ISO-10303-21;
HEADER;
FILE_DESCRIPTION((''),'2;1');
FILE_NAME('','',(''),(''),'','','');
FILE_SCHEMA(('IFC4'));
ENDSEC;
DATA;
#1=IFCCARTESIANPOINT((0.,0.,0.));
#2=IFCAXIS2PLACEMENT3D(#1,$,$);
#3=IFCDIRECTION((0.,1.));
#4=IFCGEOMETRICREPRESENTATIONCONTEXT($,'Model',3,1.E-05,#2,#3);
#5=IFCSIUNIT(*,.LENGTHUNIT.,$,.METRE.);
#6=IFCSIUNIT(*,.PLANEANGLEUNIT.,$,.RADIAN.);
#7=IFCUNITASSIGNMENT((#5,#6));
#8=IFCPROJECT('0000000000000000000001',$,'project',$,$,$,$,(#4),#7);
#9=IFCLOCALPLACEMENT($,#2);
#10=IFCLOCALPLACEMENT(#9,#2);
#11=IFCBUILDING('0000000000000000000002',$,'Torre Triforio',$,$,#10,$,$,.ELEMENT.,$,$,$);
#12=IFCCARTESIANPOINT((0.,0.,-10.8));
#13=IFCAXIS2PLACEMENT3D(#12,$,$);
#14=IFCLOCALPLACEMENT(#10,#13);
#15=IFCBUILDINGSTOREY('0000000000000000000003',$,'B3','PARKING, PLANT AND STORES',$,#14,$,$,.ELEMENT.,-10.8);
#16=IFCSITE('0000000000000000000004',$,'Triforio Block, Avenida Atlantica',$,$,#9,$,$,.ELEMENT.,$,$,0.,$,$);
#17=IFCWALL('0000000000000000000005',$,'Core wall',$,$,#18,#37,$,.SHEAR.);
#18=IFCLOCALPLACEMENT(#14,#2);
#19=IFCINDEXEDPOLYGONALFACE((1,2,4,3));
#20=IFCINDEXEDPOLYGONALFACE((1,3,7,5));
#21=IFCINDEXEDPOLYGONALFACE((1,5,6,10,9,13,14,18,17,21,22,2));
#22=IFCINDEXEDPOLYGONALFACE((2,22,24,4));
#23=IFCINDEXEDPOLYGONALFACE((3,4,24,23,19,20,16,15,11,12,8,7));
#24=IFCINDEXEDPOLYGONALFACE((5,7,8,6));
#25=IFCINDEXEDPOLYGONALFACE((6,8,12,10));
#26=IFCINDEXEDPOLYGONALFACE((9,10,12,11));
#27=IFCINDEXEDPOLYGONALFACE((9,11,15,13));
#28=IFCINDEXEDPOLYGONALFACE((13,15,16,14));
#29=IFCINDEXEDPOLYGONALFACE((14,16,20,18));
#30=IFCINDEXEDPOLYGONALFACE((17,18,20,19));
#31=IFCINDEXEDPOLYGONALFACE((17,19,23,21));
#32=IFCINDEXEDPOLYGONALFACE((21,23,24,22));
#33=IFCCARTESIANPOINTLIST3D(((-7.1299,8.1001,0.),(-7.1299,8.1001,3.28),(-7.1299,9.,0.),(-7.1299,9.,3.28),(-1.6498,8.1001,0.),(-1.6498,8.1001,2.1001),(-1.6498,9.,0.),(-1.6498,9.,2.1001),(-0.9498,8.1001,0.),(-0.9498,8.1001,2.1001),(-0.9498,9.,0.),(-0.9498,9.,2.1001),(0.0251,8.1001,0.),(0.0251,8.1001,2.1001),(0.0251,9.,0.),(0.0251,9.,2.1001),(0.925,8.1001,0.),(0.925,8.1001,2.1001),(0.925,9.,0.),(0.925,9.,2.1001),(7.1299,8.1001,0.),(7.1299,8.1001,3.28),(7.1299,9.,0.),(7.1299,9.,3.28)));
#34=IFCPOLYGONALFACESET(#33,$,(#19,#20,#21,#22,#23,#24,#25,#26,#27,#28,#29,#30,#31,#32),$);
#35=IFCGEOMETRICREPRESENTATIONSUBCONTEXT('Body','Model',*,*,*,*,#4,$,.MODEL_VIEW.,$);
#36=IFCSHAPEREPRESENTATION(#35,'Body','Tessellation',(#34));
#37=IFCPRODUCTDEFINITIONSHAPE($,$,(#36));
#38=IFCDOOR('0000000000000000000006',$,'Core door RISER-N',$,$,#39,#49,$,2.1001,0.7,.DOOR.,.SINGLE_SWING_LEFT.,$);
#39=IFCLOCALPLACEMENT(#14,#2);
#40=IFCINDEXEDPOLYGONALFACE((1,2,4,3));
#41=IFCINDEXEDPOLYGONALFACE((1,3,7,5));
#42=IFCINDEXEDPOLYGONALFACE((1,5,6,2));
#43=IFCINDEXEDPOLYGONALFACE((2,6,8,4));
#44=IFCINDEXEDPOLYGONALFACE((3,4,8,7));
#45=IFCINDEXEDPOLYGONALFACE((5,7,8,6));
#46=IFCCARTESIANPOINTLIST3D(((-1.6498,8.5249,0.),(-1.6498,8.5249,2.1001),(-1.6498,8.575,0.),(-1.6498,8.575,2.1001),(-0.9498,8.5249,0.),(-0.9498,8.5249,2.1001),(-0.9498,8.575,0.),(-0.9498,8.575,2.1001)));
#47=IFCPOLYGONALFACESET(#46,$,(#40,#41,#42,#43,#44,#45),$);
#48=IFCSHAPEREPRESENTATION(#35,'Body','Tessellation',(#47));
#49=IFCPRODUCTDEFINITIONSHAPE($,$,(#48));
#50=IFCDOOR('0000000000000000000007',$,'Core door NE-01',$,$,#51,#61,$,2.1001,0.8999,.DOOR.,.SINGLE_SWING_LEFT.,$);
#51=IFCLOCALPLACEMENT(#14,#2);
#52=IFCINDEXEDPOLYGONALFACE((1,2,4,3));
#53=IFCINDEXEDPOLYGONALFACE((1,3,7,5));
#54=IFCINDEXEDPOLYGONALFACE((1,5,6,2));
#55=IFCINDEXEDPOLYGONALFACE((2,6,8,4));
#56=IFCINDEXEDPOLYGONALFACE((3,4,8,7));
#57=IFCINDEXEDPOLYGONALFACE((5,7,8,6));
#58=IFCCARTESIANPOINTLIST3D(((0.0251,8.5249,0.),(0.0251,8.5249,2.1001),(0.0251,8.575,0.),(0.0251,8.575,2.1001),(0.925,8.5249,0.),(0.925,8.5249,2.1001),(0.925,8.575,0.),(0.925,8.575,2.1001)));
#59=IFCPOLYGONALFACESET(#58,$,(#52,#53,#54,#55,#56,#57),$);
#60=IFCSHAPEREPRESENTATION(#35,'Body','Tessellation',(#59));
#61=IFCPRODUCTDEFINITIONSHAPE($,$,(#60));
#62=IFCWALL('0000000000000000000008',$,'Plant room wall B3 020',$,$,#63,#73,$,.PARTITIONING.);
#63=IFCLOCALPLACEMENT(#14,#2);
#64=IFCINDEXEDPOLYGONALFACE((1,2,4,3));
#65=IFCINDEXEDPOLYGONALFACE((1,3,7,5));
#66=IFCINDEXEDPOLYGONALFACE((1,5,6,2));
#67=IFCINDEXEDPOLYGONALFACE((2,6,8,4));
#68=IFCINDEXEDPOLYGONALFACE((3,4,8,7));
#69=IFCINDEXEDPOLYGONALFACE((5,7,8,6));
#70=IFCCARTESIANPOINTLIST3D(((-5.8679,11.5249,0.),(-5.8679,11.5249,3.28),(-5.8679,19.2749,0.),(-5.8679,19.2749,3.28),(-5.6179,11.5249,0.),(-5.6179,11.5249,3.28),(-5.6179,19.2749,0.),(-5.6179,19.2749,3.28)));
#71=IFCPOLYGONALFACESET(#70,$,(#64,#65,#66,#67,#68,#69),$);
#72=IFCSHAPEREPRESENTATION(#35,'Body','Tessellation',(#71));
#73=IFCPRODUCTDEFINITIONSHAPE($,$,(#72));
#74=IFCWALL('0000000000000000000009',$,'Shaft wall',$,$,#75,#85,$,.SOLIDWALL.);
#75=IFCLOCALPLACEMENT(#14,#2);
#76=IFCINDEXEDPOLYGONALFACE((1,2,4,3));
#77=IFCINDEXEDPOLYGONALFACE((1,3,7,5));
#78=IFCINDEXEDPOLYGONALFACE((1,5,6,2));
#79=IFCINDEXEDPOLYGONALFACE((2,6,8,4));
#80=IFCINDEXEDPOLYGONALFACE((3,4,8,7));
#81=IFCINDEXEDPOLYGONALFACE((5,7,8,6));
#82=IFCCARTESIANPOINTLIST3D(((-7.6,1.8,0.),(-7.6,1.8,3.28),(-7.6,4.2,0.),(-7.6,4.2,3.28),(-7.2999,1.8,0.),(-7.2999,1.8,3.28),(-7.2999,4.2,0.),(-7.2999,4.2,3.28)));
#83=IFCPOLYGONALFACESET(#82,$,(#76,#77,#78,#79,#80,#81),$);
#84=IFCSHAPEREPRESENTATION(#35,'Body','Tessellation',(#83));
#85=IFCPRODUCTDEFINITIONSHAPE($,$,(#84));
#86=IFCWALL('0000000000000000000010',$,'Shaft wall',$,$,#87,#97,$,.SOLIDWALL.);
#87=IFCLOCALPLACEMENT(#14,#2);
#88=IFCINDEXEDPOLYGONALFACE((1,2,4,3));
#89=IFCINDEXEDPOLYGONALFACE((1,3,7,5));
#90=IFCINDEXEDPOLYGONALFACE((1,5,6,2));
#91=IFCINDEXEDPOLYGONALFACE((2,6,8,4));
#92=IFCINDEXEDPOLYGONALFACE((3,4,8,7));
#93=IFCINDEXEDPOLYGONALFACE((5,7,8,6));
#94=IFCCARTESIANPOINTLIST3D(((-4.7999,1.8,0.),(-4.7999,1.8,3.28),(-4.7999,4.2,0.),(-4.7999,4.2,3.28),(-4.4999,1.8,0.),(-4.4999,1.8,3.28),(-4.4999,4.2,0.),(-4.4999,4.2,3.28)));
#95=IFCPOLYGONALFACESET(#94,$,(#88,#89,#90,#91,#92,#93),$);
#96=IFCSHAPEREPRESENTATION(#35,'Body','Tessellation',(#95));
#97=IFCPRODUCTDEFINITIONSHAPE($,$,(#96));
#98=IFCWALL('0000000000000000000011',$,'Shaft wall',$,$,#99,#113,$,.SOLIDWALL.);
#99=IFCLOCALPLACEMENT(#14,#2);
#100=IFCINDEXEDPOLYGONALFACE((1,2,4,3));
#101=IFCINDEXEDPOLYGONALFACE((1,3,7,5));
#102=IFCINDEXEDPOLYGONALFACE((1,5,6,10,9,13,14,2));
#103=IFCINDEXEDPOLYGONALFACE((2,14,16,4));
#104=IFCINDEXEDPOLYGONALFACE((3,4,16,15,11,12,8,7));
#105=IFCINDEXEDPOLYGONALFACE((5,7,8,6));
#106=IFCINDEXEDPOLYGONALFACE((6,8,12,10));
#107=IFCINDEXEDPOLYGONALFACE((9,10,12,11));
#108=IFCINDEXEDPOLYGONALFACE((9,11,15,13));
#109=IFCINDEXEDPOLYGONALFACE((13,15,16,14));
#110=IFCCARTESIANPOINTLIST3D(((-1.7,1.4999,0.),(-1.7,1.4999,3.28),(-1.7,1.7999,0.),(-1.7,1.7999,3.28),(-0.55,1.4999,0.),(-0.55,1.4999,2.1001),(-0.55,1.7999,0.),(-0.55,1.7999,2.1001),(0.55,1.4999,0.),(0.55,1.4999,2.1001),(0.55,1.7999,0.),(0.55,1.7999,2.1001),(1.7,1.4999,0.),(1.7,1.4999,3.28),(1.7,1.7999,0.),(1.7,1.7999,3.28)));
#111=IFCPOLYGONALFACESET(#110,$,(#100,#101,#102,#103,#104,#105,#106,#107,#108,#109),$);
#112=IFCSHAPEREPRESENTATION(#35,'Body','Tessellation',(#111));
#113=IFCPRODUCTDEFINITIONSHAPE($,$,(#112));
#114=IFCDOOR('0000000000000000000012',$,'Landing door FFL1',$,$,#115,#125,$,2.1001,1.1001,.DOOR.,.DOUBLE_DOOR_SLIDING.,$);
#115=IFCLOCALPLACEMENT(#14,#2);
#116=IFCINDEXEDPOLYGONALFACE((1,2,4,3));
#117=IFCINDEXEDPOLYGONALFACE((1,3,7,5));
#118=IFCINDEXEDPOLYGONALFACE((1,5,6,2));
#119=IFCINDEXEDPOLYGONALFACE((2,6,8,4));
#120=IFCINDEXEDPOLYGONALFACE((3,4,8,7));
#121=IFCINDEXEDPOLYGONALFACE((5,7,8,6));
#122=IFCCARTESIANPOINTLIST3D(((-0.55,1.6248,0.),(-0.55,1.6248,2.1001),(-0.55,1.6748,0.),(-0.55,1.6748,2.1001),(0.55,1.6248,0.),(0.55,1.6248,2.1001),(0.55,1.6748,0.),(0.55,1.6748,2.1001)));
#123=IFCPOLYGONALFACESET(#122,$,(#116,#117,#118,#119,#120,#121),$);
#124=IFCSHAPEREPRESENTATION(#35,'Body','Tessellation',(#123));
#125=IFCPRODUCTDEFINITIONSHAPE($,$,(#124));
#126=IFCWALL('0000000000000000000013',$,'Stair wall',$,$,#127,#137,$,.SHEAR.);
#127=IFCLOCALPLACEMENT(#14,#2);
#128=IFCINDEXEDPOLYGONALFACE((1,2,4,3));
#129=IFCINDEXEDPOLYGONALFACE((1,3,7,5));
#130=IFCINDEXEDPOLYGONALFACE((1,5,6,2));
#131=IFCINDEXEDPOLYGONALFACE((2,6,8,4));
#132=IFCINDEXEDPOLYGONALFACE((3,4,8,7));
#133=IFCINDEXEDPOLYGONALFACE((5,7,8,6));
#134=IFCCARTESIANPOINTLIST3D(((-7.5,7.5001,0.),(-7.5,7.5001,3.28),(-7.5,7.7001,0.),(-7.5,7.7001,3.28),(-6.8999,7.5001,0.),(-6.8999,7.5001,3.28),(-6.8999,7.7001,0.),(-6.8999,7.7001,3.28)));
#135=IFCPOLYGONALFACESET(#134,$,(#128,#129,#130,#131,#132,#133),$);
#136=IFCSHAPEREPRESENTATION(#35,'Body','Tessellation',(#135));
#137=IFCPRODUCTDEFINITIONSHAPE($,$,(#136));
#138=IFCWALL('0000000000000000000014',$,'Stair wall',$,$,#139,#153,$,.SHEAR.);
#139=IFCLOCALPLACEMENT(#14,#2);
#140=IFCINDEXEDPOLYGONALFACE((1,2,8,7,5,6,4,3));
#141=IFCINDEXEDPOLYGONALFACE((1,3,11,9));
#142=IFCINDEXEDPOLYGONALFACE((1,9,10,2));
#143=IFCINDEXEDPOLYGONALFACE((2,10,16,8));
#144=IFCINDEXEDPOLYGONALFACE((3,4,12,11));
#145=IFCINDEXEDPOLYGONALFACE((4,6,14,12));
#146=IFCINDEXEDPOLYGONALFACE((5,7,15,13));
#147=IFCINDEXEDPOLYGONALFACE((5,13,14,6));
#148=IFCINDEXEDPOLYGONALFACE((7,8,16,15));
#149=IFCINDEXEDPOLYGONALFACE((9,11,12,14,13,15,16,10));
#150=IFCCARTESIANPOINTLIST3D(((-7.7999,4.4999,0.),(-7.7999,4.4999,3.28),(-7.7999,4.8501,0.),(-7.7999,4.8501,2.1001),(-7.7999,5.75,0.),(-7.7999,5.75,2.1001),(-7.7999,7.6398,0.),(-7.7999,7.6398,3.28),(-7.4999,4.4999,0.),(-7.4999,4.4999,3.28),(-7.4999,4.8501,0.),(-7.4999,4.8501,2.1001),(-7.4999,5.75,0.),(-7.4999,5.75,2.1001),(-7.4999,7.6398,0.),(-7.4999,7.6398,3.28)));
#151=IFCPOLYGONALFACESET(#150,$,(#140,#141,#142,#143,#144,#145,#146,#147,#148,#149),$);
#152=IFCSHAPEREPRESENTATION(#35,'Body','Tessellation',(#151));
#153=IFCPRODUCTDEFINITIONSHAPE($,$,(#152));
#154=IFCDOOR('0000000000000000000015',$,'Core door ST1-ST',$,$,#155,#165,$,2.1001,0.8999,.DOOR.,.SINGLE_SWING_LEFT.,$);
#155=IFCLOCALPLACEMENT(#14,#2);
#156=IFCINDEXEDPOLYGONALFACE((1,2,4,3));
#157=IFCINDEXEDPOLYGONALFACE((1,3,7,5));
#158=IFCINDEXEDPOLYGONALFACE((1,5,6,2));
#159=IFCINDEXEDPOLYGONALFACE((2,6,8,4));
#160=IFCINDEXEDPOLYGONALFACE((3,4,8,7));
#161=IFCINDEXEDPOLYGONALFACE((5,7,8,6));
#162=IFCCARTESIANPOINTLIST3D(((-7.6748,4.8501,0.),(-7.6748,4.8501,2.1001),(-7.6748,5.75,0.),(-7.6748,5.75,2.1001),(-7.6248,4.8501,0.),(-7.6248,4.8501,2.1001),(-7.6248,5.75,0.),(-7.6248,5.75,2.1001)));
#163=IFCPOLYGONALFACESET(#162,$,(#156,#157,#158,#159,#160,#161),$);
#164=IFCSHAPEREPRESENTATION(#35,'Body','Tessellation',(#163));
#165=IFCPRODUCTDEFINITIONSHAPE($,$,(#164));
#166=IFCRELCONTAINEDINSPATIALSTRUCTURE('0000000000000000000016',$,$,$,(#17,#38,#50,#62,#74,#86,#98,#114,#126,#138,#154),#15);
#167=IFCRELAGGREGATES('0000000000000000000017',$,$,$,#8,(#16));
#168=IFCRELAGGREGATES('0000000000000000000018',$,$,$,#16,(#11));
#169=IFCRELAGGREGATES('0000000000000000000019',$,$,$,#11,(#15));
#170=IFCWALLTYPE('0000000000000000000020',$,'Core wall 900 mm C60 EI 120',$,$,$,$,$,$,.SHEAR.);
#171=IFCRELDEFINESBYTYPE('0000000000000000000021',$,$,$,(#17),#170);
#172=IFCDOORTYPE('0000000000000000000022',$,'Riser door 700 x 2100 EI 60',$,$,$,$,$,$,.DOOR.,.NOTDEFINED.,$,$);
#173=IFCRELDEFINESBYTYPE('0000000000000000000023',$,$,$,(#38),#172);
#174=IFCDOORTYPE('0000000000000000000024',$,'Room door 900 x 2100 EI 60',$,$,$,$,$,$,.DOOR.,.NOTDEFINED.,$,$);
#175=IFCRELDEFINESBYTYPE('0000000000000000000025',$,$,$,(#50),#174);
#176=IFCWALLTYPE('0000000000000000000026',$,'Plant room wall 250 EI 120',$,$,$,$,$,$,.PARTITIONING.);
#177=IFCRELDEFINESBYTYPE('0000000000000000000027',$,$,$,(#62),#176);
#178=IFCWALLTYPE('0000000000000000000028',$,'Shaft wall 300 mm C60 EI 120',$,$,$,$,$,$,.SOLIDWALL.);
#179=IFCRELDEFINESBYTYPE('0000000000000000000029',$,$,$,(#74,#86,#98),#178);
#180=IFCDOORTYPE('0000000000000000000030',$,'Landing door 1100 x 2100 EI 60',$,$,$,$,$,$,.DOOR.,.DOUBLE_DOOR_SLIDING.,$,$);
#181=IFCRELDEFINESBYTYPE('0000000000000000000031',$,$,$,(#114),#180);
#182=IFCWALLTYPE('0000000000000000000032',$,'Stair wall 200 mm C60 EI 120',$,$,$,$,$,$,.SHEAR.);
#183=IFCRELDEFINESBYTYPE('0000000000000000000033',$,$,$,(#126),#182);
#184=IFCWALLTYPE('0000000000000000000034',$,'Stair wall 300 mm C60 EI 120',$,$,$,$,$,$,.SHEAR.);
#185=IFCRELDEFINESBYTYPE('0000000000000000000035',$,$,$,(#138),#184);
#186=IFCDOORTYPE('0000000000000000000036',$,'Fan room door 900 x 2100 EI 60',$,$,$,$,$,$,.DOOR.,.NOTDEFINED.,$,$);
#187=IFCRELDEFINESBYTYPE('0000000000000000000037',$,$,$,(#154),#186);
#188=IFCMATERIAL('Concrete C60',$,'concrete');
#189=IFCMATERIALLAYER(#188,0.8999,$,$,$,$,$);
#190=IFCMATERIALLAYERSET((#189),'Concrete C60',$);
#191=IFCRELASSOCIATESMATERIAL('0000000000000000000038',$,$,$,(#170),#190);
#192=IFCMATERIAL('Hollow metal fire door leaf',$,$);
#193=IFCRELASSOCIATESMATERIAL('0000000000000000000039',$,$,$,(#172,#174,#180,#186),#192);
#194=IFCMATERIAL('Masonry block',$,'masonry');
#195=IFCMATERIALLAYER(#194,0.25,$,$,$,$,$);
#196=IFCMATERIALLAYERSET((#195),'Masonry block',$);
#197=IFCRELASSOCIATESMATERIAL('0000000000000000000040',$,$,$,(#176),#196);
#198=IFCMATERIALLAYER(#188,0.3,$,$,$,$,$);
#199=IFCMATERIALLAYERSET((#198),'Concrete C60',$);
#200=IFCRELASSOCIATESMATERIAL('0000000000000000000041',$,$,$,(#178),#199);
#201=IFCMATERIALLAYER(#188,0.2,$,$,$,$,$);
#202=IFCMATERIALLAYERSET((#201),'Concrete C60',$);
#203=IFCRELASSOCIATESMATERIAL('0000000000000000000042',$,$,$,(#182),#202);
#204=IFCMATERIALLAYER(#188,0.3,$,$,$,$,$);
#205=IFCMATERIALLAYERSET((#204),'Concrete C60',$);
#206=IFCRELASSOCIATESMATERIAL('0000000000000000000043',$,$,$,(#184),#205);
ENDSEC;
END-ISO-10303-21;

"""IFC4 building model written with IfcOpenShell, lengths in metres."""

from ifc_helpers import new_model, si_unit, direction, frame, frame_2d, origin, place, context, subcontext, project, spatial, rectangle, extrude, material, layer, layer_set, type_object, element, fill, save


model = new_model("IFC4")

# Units and contexts
model_context = context("Model", 3, precision=1e-05, world=origin(), true_north=direction((0.0, 1.0)))
body_context = subcontext(model_context, "Body", "Model", "MODEL_VIEW")
ifc_project = project(units=[si_unit("LENGTHUNIT", "METRE"), si_unit("PLANEANGLEUNIT", "RADIAN")], contexts=[model_context])

# Site, building, storey
site_placement = place(None, origin())
site = spatial("IfcSite", under=ifc_project, at=site_placement, Name="Triforio Block, Avenida Atlantica", CompositionType="ELEMENT", RefElevation=0.0)
building_placement = place(site_placement, origin())
building = spatial("IfcBuilding", under=site, at=building_placement, Name="Torre Triforio", CompositionType="ELEMENT")
storey_placement = place(building_placement, frame((0.0, 0.0, -10.8)))
storey = spatial("IfcBuildingStorey", under=building, at=storey_placement, Name="B3", Description="PARKING, PLANT AND STORES", CompositionType="ELEMENT", Elevation=-10.8)

# Shared definitions
ifc_material_1 = material(Name="Concrete C60", Category="concrete")

# Wall, openings, doors
ifc_layer_1 = layer(ifc_material_1, 0.8999)
ifc_layer_set_1 = layer_set([ifc_layer_1], Name="Concrete C60")
wall_type_1 = type_object("IfcWallType", Name="Core wall 900 mm C60 EI 120", PredefinedType="SHEAR", material=ifc_layer_set_1)
wall_1_placement = place(storey_placement, frame((-7.1299, 8.55, 0.0), z_axis=(0.0, 0.0, 1.0), x_axis=(1.0, 0.0, 0.0)))
wall_1 = element("IfcWall", 1, at=wall_1_placement, inside=storey, type_object=wall_type_1, Name="Core wall", PredefinedType="SHEAR", context=body_context, shape_type="SweptSolid", body=[
    extrude(rectangle(XDim=14.2598, YDim=0.8999, at=frame_2d((7.1299, 0.0))), origin(), (0.0, 0.0, 1.0), 3.28),
])
opening_1_placement = place(wall_1_placement, frame((5.48, 0.0, 0.0)))
opening_1 = element("IfcOpeningElement", 2, at=opening_1_placement, cuts=wall_1, PredefinedType="OPENING", context=body_context, shape_type="SweptSolid", body=[
    extrude(rectangle(XDim=0.7, YDim=2.1001, at=frame_2d((0.3501, 1.05))), frame((0.0, 0.46, 0.0), z_axis=(0.0, -1.0, 0.0), x_axis=(1.0, 0.0, 0.0)), (0.0, 0.0, 1.0), 0.9199),
])
opening_2_placement = place(wall_1_placement, frame((7.155, 0.0, 0.0)))
opening_2 = element("IfcOpeningElement", 3, at=opening_2_placement, cuts=wall_1, PredefinedType="OPENING", context=body_context, shape_type="SweptSolid", body=[
    extrude(rectangle(XDim=0.8999, YDim=2.1001, at=frame_2d((0.45, 1.05))), frame((0.0, 0.46, 0.0), z_axis=(0.0, -1.0, 0.0), x_axis=(1.0, 0.0, 0.0)), (0.0, 0.0, 1.0), 0.9199),
])
ifc_material_2 = material(Name="Hollow metal fire door leaf")
door_type_1 = type_object("IfcDoorType", Name="Riser door 700 x 2100 EI 60", OperationType="NOTDEFINED", PredefinedType="DOOR", material=ifc_material_2)
door_1_placement = place(opening_1_placement, origin())
door_1 = element("IfcDoor", 4, at=door_1_placement, inside=storey, type_object=door_type_1, Name="Core door RISER-N", OperationType="SINGLE_SWING_LEFT", OverallHeight=2.1001, OverallWidth=0.7, PredefinedType="DOOR", context=body_context, shape_type="SweptSolid", body=[
    extrude(rectangle(XDim=0.7, YDim=2.1001, at=frame_2d((0.3501, 1.05))), frame((0.0, 0.0249, 0.0), z_axis=(0.0, -1.0, 0.0), x_axis=(1.0, 0.0, 0.0)), (0.0, 0.0, 1.0), 0.05),
])
fill(opening_1, door_1)
door_type_2 = type_object("IfcDoorType", Name="Room door 900 x 2100 EI 60", OperationType="NOTDEFINED", PredefinedType="DOOR", material=ifc_material_2)
door_2_placement = place(opening_2_placement, origin())
door_2 = element("IfcDoor", 5, at=door_2_placement, inside=storey, type_object=door_type_2, Name="Core door NE-01", OperationType="SINGLE_SWING_LEFT", OverallHeight=2.1001, OverallWidth=0.8999, PredefinedType="DOOR", context=body_context, shape_type="SweptSolid", body=[
    extrude(rectangle(XDim=0.8999, YDim=2.1001, at=frame_2d((0.45, 1.05))), frame((0.0, 0.0249, 0.0), z_axis=(0.0, -1.0, 0.0), x_axis=(1.0, 0.0, 0.0)), (0.0, 0.0, 1.0), 0.05),
])
fill(opening_2, door_2)

# Walls
ifc_material_3 = material(Name="Masonry block", Category="masonry")
ifc_layer_2 = layer(ifc_material_3, 0.25)
ifc_layer_set_2 = layer_set([ifc_layer_2], Name="Masonry block")
wall_type_2 = type_object("IfcWallType", Name="Plant room wall 250 EI 120", PredefinedType="PARTITIONING", material=ifc_layer_set_2)
wall_2_placement = place(storey_placement, frame((-5.7429, 11.5249, 0.0), z_axis=(0.0, 0.0, 1.0), x_axis=(0.0, 1.0, 0.0)))
element("IfcWall", 6, at=wall_2_placement, inside=storey, type_object=wall_type_2, Name="Plant room wall B3 020", PredefinedType="PARTITIONING", context=body_context, shape_type="SweptSolid", body=[
    extrude(rectangle(XDim=7.75, YDim=0.25, at=frame_2d((3.875, 0.0))), origin(), (0.0, 0.0, 1.0), 3.28),
])
ifc_layer_3 = layer(ifc_material_1, 0.3)
ifc_layer_set_3 = layer_set([ifc_layer_3], Name="Concrete C60")
wall_type_3 = type_object("IfcWallType", Name="Shaft wall 300 mm C60 EI 120", PredefinedType="SOLIDWALL", material=ifc_layer_set_3)
for number, where, z_axis, x_axis, name in (
    (7, (-7.45, 1.8, 0.0), (0.0, 0.0, 1.0), (0.0, 1.0, 0.0), "Shaft wall"),
    (8, (-4.6499, 1.8, 0.0), (0.0, 0.0, 1.0), (0.0, 1.0, 0.0), "Shaft wall"),
):
    element("IfcWall", number, at=place(storey_placement, frame(where, z_axis=z_axis, x_axis=x_axis)), inside=storey, type_object=wall_type_3, Name=name, PredefinedType="SOLIDWALL", context=body_context, shape_type="SweptSolid", body=[
        extrude(rectangle(XDim=2.3999, YDim=0.3, at=frame_2d((1.2, 0.0))), origin(), (0.0, 0.0, 1.0), 3.28),
    ])

# Wall, opening, door
wall_3_placement = place(storey_placement, frame((-1.7, 1.6499, 0.0), z_axis=(0.0, 0.0, 1.0), x_axis=(1.0, 0.0, 0.0)))
wall_3 = element("IfcWall", 9, at=wall_3_placement, inside=storey, type_object=wall_type_3, Name="Shaft wall", PredefinedType="SOLIDWALL", context=body_context, shape_type="SweptSolid", body=[
    extrude(rectangle(XDim=3.3999, YDim=0.3, at=frame_2d((1.7, 0.0))), origin(), (0.0, 0.0, 1.0), 3.28),
])
opening_3_placement = place(wall_3_placement, frame((1.1499, 0.0, 0.0)))
opening_3 = element("IfcOpeningElement", 10, at=opening_3_placement, cuts=wall_3, PredefinedType="OPENING", context=body_context, shape_type="SweptSolid", body=[
    extrude(rectangle(XDim=1.1001, YDim=2.1001, at=frame_2d((0.55, 1.05))), frame((0.0, 0.1599, 0.0), z_axis=(0.0, -1.0, 0.0), x_axis=(1.0, 0.0, 0.0)), (0.0, 0.0, 1.0), 0.3201),
])
door_type_3 = type_object("IfcDoorType", Name="Landing door 1100 x 2100 EI 60", OperationType="DOUBLE_DOOR_SLIDING", PredefinedType="DOOR", material=ifc_material_2)
door_3_placement = place(opening_3_placement, origin())
door_3 = element("IfcDoor", 11, at=door_3_placement, inside=storey, type_object=door_type_3, Name="Landing door FFL1", OperationType="DOUBLE_DOOR_SLIDING", OverallHeight=2.1001, OverallWidth=1.1001, PredefinedType="DOOR", context=body_context, shape_type="SweptSolid", body=[
    extrude(rectangle(XDim=1.1001, YDim=2.1001, at=frame_2d((0.55, 1.05))), frame((0.0, 0.0249, 0.0), z_axis=(0.0, -1.0, 0.0), x_axis=(1.0, 0.0, 0.0)), (0.0, 0.0, 1.0), 0.05),
])
fill(opening_3, door_3)

# Wall
ifc_layer_4 = layer(ifc_material_1, 0.2)
ifc_layer_set_4 = layer_set([ifc_layer_4], Name="Concrete C60")
wall_type_4 = type_object("IfcWallType", Name="Stair wall 200 mm C60 EI 120", PredefinedType="SHEAR", material=ifc_layer_set_4)
wall_4_placement = place(storey_placement, frame((-7.5, 7.6001, 0.0), z_axis=(0.0, 0.0, 1.0), x_axis=(1.0, 0.0, 0.0)))
element("IfcWall", 12, at=wall_4_placement, inside=storey, type_object=wall_type_4, Name="Stair wall", PredefinedType="SHEAR", context=body_context, shape_type="SweptSolid", body=[
    extrude(rectangle(XDim=0.6001, YDim=0.2, at=frame_2d((0.3, 0.0))), origin(), (0.0, 0.0, 1.0), 3.28),
])

# Wall, opening, door
ifc_layer_5 = layer(ifc_material_1, 0.3)
ifc_layer_set_5 = layer_set([ifc_layer_5], Name="Concrete C60")
wall_type_5 = type_object("IfcWallType", Name="Stair wall 300 mm C60 EI 120", PredefinedType="SHEAR", material=ifc_layer_set_5)
wall_5_placement = place(storey_placement, frame((-7.6499, 4.5, 0.0), z_axis=(0.0, 0.0, 1.0), x_axis=(0.0, 1.0, 0.0)))
wall_5 = element("IfcWall", 13, at=wall_5_placement, inside=storey, type_object=wall_type_5, Name="Stair wall", PredefinedType="SHEAR", context=body_context, shape_type="SweptSolid", body=[
    extrude(rectangle(XDim=3.1399, YDim=0.3, at=frame_2d((1.5698, 0.0))), origin(), (0.0, 0.0, 1.0), 3.28),
])
opening_4_placement = place(wall_5_placement, frame((0.3501, 0.0, 0.0)))
opening_4 = element("IfcOpeningElement", 14, at=opening_4_placement, cuts=wall_5, PredefinedType="OPENING", context=body_context, shape_type="SweptSolid", body=[
    extrude(rectangle(XDim=0.8999, YDim=2.1001, at=frame_2d((0.45, 1.05))), frame((0.0, 0.1599, 0.0), z_axis=(0.0, -1.0, 0.0), x_axis=(1.0, 0.0, 0.0)), (0.0, 0.0, 1.0), 0.3201),
])
door_type_4 = type_object("IfcDoorType", Name="Fan room door 900 x 2100 EI 60", OperationType="NOTDEFINED", PredefinedType="DOOR", material=ifc_material_2)
door_4_placement = place(opening_4_placement, origin())
door_4 = element("IfcDoor", 15, at=door_4_placement, inside=storey, type_object=door_type_4, Name="Core door ST1-ST", OperationType="SINGLE_SWING_LEFT", OverallHeight=2.1001, OverallWidth=0.8999, PredefinedType="DOOR", context=body_context, shape_type="SweptSolid", body=[
    extrude(rectangle(XDim=0.8999, YDim=2.1001, at=frame_2d((0.45, 1.05))), frame((0.0, 0.0249, 0.0), z_axis=(0.0, -1.0, 0.0), x_axis=(1.0, 0.0, 0.0)), (0.0, 0.0, 1.0), 0.05),
])
fill(opening_4, door_4)

save(model, "model.ifc")
